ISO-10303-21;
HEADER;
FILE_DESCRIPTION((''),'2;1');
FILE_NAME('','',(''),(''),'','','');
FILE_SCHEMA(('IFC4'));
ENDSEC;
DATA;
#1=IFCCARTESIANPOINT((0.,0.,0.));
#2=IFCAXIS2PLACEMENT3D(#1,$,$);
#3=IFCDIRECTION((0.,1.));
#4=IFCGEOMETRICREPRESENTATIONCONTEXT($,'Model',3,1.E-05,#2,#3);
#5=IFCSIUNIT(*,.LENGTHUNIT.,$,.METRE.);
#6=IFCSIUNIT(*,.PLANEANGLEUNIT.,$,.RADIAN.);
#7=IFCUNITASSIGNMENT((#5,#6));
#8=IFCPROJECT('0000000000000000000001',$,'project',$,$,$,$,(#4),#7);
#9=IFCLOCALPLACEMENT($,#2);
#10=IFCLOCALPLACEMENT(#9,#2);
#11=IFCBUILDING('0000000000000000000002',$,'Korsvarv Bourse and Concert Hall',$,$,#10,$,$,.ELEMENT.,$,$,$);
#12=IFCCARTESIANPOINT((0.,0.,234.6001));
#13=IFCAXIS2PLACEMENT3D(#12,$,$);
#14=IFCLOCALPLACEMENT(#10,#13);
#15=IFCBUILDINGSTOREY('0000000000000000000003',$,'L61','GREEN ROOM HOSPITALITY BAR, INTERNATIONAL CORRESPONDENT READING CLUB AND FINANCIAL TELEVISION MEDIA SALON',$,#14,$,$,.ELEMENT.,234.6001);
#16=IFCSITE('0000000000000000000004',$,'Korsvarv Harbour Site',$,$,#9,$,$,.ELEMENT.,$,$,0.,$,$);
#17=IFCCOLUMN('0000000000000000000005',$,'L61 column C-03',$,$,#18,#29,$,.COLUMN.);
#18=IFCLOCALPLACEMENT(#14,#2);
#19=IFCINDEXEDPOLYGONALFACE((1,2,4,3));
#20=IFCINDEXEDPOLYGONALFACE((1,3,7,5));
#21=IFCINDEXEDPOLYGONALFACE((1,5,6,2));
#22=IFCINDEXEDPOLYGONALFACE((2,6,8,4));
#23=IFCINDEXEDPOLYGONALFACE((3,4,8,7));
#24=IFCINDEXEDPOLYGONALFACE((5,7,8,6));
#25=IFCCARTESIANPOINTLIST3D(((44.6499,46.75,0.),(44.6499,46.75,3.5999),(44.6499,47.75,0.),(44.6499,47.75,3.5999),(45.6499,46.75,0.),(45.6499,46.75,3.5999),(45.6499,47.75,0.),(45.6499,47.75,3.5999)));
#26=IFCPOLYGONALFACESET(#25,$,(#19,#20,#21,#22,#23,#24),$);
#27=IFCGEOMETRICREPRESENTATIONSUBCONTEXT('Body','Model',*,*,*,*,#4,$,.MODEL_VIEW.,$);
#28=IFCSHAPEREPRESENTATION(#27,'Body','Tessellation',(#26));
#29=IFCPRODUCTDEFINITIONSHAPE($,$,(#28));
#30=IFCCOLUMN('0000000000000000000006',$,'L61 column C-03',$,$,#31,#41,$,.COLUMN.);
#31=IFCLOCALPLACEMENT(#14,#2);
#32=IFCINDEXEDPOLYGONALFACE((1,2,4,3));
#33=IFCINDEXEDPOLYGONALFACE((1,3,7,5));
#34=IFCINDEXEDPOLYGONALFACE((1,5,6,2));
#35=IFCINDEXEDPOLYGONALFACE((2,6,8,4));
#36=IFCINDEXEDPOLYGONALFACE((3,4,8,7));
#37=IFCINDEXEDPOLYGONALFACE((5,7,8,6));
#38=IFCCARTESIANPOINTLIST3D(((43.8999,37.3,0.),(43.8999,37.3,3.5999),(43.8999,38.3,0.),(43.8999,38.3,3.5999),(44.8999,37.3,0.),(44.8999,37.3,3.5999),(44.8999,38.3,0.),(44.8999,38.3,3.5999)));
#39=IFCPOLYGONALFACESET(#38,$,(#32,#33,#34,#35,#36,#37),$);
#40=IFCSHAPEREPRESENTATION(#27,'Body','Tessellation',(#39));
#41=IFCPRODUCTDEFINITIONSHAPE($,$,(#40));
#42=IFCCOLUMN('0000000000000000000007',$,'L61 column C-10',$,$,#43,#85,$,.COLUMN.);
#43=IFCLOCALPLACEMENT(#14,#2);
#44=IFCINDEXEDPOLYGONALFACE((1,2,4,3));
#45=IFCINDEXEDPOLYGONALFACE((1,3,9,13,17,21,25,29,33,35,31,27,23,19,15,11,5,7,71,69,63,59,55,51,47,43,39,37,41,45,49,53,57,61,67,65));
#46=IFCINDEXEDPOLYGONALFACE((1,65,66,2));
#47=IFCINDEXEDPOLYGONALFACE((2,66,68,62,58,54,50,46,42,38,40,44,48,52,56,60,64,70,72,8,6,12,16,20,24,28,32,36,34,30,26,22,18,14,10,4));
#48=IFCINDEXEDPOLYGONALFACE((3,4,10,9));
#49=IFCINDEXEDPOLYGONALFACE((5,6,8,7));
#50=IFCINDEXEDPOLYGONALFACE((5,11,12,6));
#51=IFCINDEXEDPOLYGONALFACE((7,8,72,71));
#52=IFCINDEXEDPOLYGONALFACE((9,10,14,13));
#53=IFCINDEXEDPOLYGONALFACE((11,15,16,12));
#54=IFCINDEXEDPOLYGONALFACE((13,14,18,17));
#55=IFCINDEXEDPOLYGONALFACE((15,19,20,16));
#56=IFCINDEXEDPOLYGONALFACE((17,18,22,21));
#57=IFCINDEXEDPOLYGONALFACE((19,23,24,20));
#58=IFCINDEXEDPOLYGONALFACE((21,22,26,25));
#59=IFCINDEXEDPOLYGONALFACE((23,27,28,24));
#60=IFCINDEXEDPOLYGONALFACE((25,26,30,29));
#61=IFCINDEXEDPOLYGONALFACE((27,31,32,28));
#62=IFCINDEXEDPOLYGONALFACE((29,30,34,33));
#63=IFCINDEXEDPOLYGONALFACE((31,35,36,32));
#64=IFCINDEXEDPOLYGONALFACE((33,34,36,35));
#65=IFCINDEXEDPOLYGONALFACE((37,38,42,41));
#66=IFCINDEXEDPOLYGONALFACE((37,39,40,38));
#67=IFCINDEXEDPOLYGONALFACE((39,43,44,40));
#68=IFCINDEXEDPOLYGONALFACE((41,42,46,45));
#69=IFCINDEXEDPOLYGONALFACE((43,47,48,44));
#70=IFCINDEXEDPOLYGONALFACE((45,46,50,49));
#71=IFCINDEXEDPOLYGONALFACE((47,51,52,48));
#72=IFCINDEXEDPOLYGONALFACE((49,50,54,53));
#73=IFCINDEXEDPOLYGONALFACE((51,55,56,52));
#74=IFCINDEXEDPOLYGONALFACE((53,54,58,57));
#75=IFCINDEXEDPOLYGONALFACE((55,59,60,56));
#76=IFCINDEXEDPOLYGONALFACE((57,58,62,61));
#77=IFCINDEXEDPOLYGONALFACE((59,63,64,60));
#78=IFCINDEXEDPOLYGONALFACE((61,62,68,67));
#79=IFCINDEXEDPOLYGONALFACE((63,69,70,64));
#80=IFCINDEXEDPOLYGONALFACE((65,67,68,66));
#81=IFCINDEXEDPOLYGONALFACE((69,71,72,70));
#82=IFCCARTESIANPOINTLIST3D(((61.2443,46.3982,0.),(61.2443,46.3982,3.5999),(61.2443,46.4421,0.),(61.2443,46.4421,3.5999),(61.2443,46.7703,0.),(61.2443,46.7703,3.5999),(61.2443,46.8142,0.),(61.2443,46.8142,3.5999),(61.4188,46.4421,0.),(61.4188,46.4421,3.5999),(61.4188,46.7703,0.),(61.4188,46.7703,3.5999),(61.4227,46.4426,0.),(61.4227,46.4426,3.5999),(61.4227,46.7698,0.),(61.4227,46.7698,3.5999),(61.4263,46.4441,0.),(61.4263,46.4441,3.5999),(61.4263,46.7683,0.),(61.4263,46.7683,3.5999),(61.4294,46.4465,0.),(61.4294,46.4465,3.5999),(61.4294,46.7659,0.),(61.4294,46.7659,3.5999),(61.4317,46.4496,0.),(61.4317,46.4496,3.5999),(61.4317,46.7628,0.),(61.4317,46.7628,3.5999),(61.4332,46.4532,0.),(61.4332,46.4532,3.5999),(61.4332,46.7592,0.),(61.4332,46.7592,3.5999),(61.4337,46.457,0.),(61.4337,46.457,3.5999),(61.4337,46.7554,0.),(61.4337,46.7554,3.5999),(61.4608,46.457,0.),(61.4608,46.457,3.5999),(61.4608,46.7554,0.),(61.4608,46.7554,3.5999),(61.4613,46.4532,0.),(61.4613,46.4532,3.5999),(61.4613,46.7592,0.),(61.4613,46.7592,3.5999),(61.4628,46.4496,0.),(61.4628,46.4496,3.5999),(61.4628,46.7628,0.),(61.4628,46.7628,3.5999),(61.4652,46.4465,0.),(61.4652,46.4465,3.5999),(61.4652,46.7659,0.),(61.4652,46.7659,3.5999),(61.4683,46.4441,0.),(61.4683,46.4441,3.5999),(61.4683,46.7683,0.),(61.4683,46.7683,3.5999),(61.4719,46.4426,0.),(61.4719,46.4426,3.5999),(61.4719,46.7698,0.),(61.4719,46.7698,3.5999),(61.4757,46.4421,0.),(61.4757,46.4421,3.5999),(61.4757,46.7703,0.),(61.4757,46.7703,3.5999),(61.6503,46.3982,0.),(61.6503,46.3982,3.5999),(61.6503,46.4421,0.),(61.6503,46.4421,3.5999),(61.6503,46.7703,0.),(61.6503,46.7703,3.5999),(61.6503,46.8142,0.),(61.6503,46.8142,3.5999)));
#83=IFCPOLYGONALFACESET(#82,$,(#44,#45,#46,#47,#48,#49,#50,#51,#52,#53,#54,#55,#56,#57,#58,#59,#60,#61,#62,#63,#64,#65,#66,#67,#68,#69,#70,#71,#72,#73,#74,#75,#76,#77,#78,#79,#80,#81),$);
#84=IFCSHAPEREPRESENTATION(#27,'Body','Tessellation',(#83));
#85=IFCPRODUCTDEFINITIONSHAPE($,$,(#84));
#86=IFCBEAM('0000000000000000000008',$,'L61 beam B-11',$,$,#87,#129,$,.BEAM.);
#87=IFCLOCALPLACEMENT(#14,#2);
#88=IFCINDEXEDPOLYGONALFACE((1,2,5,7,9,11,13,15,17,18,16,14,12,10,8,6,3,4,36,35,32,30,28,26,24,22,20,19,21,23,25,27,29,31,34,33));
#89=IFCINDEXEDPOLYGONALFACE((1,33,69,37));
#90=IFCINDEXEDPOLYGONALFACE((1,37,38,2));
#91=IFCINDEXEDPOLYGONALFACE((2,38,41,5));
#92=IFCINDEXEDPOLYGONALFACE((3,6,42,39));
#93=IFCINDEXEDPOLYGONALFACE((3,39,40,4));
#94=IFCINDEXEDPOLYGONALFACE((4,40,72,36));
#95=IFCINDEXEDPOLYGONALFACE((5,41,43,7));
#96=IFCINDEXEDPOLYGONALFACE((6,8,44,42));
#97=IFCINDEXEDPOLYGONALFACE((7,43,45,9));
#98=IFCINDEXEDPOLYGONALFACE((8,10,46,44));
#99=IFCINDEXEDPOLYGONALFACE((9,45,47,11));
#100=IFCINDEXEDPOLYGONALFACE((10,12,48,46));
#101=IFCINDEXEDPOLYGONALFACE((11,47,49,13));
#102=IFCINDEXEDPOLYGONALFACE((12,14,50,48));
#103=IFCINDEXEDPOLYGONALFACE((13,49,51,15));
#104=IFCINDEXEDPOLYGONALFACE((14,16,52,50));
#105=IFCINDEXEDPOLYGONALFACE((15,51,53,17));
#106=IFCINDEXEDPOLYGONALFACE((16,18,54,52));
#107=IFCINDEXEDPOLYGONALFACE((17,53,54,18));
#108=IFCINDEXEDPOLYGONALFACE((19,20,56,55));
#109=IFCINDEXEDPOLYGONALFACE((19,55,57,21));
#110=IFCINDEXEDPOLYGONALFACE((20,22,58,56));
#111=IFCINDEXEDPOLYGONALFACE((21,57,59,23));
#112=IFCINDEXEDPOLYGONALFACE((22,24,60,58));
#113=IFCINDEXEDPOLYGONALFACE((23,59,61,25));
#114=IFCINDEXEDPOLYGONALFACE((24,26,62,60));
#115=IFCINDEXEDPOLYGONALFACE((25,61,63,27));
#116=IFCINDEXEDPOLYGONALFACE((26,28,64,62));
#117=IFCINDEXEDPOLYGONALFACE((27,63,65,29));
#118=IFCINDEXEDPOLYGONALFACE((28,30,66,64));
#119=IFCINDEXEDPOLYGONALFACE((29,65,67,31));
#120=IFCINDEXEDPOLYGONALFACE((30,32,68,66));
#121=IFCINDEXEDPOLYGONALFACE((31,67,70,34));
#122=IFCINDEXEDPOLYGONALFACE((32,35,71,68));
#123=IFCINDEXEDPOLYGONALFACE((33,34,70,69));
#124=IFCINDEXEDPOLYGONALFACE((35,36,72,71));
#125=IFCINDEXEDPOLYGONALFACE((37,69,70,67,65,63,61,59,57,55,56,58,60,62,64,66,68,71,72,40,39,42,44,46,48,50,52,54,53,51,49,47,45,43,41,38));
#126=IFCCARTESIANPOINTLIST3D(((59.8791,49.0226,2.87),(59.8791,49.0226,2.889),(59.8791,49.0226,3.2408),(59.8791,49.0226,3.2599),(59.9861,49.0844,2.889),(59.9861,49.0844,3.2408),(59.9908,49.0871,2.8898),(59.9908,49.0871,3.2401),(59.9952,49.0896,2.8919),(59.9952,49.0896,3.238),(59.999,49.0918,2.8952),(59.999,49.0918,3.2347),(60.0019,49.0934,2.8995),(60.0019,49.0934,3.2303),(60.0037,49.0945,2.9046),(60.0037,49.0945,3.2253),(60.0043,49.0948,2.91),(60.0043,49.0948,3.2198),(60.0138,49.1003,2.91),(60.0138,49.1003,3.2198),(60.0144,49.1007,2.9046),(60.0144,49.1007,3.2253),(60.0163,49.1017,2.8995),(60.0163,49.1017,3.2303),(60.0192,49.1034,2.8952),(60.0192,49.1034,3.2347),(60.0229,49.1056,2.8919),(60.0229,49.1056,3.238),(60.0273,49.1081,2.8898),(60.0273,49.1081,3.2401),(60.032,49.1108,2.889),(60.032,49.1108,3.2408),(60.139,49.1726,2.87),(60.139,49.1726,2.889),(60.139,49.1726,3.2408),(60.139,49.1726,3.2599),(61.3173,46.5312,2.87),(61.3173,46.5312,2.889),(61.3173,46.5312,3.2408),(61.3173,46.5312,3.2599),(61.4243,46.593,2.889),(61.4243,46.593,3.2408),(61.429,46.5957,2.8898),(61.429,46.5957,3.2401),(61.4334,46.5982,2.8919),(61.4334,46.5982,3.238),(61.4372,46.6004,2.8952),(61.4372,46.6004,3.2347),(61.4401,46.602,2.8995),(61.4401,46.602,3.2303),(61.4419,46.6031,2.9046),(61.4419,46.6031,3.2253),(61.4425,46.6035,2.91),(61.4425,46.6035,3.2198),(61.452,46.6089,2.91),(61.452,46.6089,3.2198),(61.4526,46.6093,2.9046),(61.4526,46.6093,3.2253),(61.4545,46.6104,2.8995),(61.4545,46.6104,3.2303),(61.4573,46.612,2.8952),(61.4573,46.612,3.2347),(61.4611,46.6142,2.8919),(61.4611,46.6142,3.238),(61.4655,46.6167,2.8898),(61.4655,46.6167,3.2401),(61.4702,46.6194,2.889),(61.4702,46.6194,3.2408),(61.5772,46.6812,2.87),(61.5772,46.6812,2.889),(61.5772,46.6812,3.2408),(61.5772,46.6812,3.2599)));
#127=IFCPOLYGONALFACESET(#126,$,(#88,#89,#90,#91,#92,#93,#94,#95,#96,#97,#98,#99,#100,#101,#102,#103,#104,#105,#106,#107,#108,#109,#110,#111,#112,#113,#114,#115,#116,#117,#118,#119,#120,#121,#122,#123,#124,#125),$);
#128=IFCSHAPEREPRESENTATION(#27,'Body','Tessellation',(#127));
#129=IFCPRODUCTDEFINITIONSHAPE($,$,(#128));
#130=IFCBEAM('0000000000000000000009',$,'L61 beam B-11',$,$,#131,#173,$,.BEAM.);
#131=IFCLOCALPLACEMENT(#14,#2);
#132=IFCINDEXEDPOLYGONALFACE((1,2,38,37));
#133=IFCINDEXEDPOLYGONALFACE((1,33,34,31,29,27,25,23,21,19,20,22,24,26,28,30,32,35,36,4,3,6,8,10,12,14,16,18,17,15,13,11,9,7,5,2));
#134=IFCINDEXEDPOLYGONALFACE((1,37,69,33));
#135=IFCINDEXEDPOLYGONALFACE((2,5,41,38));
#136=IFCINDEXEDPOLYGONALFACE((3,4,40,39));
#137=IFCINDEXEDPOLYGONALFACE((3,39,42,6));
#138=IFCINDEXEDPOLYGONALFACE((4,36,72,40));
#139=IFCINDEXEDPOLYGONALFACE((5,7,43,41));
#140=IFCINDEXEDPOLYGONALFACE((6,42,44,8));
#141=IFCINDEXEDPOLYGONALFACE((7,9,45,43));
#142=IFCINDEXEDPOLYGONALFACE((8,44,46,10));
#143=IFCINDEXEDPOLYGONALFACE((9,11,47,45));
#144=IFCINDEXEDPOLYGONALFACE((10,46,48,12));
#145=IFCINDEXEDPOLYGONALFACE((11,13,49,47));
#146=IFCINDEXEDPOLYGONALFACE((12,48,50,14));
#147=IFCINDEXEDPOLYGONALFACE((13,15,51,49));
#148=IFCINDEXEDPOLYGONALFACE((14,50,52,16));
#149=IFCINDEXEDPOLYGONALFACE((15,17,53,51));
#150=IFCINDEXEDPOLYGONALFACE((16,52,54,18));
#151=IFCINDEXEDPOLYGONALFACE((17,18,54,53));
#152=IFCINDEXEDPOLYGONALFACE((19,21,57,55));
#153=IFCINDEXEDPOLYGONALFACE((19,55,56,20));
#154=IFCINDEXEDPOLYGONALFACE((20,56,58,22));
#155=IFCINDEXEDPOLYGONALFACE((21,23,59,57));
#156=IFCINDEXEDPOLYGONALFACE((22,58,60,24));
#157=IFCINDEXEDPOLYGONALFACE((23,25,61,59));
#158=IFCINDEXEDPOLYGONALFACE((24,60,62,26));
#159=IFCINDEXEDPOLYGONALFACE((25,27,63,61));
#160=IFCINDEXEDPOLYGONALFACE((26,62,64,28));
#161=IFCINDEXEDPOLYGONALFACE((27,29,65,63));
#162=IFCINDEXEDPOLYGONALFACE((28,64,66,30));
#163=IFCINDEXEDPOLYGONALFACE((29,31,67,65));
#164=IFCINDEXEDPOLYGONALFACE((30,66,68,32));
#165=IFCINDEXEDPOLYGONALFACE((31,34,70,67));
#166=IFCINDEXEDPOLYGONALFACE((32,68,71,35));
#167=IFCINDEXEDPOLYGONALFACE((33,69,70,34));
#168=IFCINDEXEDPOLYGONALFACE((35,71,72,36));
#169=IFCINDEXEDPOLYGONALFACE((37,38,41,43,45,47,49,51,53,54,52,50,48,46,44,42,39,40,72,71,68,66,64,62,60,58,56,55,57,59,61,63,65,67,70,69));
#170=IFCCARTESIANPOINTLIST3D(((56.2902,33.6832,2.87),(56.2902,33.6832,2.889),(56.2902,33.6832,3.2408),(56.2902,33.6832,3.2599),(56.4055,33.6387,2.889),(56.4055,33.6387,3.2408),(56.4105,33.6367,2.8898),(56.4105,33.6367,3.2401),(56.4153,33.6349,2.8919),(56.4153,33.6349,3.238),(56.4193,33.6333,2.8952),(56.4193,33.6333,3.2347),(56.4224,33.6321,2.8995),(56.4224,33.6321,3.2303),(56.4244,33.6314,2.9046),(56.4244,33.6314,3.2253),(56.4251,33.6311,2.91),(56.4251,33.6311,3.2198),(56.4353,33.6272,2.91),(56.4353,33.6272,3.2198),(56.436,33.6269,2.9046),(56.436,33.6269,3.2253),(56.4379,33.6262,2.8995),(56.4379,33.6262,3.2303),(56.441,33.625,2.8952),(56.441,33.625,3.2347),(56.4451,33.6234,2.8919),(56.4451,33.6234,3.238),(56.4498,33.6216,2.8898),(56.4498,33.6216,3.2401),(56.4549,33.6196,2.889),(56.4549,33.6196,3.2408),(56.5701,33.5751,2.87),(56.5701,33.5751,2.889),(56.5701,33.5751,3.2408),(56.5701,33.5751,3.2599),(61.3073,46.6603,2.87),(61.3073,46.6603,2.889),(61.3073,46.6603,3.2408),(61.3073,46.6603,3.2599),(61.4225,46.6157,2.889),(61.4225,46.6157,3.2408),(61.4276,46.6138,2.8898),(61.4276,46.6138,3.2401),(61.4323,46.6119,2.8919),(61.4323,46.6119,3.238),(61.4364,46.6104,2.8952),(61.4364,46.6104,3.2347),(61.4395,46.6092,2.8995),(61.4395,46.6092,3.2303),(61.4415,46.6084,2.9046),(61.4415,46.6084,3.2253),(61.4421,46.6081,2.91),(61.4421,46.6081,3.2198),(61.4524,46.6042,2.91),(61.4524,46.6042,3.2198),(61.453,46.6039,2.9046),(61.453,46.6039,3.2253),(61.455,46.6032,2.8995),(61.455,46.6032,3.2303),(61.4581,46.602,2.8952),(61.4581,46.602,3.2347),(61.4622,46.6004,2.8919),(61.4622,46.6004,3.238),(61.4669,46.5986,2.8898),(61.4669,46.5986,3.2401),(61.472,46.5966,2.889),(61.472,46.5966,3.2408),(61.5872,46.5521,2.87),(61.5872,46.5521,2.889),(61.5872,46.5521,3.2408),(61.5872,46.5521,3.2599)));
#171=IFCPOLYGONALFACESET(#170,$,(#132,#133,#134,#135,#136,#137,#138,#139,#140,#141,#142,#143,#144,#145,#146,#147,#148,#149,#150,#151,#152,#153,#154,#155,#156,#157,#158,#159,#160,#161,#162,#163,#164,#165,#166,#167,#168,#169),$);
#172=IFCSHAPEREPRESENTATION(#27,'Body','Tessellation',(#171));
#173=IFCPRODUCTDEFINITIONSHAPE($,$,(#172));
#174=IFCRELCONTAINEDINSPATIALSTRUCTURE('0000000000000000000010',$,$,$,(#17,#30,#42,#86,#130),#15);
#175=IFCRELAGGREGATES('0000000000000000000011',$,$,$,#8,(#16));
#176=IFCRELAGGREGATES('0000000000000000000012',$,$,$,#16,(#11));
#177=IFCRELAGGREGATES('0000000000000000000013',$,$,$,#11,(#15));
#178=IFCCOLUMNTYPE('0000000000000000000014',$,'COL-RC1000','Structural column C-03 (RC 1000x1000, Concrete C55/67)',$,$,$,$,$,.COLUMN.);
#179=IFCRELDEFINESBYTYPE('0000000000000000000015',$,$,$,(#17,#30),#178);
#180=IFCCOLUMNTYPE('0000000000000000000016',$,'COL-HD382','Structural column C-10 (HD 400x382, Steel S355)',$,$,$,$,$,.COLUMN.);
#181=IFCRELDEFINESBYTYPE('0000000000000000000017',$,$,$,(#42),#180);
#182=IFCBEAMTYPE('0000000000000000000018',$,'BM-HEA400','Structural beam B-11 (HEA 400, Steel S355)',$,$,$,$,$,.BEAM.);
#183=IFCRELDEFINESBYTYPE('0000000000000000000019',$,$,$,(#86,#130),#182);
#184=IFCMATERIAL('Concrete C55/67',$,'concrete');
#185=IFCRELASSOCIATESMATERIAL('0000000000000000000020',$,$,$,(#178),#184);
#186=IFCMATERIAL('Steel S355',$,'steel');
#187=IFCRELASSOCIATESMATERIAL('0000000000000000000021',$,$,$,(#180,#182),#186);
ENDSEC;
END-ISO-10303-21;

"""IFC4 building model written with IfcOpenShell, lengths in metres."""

from ifc_helpers import new_model, si_unit, direction, frame, origin, origin_2d, place, context, subcontext, project, spatial, rectangle, i_section, extrude, source, transform, mapped, material, material_profile, profile_set, type_object, element, save


model = new_model("IFC4")

# Units and contexts
model_context = context("Model", 3, precision=1e-05, world=origin(), true_north=direction((0.0, 1.0)))
body_context = subcontext(model_context, "Body", "Model", "MODEL_VIEW")
ifc_project = project(units=[si_unit("LENGTHUNIT", "METRE"), si_unit("PLANEANGLEUNIT", "RADIAN")], contexts=[model_context])

# Site, building, storey
site_placement = place(None, origin())
site = spatial("IfcSite", under=ifc_project, at=site_placement, Name="Korsvarv Harbour Site", CompositionType="ELEMENT", RefElevation=0.0)
building_placement = place(site_placement, origin())
building = spatial("IfcBuilding", under=site, at=building_placement, Name="Korsvarv Bourse and Concert Hall", CompositionType="ELEMENT")
storey_placement = place(building_placement, frame((0.0, 0.0, 234.6001)))
storey = spatial("IfcBuildingStorey", under=building, at=storey_placement, Name="L61", Description="GREEN ROOM HOSPITALITY BAR, INTERNATIONAL CORRESPONDENT READING CLUB AND FINANCIAL TELEVISION MEDIA SALON", CompositionType="ELEMENT", Elevation=234.6001)

# Columns
ifc_material_1 = material(Name="Concrete C55/67", Category="concrete")
ifc_material_profile_1 = material_profile(ifc_material_1, rectangle(XDim=1.0, YDim=1.0, at=origin_2d()), Name="RC 1000x1000")
ifc_profile_set_1 = profile_set([ifc_material_profile_1], Name="Concrete C55/67")
column_type_1 = type_object("IfcColumnType", Name="COL-RC1000", Description="Structural column C-03 (RC 1000x1000, Concrete C55/67)", PredefinedType="COLUMN", material=ifc_profile_set_1)
shared_shape_1 = source(origin(), body_context, "Body", "SweptSolid", [
    extrude(rectangle(XDim=1.0, YDim=1.0, at=origin_2d()), origin(), (0.0, 0.0, 1.0), 3.5999),
])
for number, where, z_axis, x_axis, name in (
    (1, (45.1499, 47.25, 0.0), (0.0, 0.0, 1.0), (1.0, 0.0, 0.0), "L61 column C-03"),
    (2, (44.3999, 37.8, 0.0), (0.0, 0.0, 1.0), (1.0, 0.0, 0.0), "L61 column C-03"),
):
    element("IfcColumn", number, at=place(storey_placement, frame(where, z_axis=z_axis, x_axis=x_axis)), inside=storey, type_object=column_type_1, Name=name, PredefinedType="COLUMN", context=body_context, shape_type="MappedRepresentation", body=[
        mapped(shared_shape_1, transform((0.0, 0.0, 0.0), scale=1.0)),
    ])
ifc_material_2 = material(Name="Steel S355", Category="steel")
ifc_material_profile_2 = material_profile(ifc_material_2, i_section(OverallWidth=0.406, OverallDepth=0.416, WebThickness=0.0271, FlangeThickness=0.0439, FilletRadius=0.0149, at=origin_2d()), Name="HD 400x382")
ifc_profile_set_2 = profile_set([ifc_material_profile_2], Name="Steel S355")
column_type_2 = type_object("IfcColumnType", Name="COL-HD382", Description="Structural column C-10 (HD 400x382, Steel S355)", PredefinedType="COLUMN", material=ifc_profile_set_2)
shared_shape_2 = source(origin(), body_context, "Body", "SweptSolid", [
    extrude(i_section(OverallWidth=0.406, OverallDepth=0.416, WebThickness=0.0271, FlangeThickness=0.0439, FilletRadius=0.0149, at=origin_2d()), origin(), (0.0, 0.0, 1.0), 3.5999),
])
column_placement = place(storey_placement, frame((61.4473, 46.6062, 0.0), z_axis=(0.0, 0.0, 1.0), x_axis=(1.0, 0.0, 0.0)))
element("IfcColumn", 3, at=column_placement, inside=storey, type_object=column_type_2, Name="L61 column C-10", PredefinedType="COLUMN", context=body_context, shape_type="MappedRepresentation", body=[
    mapped(shared_shape_2, transform((0.0, 0.0, 0.0), scale=1.0)),
])

# Beams
ifc_material_profile_3 = material_profile(ifc_material_2, i_section(OverallWidth=0.3, OverallDepth=0.3899, WebThickness=0.011, FlangeThickness=0.019, FilletRadius=0.021, at=origin_2d()), Name="HEA 400")
ifc_profile_set_3 = profile_set([ifc_material_profile_3], Name="Steel S355")
beam_type_1 = type_object("IfcBeamType", Name="BM-HEA400", Description="Structural beam B-11 (HEA 400, Steel S355)", PredefinedType="BEAM", material=ifc_profile_set_3)
shared_shape_3 = source(origin(), body_context, "Body", "SweptSolid", [
    extrude(i_section(OverallWidth=0.3, OverallDepth=0.3899, WebThickness=0.011, FlangeThickness=0.019, FilletRadius=0.021, at=origin_2d()), origin(), (0.0, 0.0, 1.0), 2.8767),
])
beam_1_placement = place(storey_placement, frame((61.4473, 46.6062, 3.0649), z_axis=(-0.499945, 0.866057, 0.0), x_axis=(-0.866057, -0.499945, 0.0)))
element("IfcBeam", 4, at=beam_1_placement, inside=storey, type_object=beam_type_1, Name="L61 beam B-11", PredefinedType="BEAM", context=body_context, shape_type="MappedRepresentation", body=[
    mapped(shared_shape_3, transform((0.0, 0.0, 0.0), scale=1.0)),
])
shared_shape_4 = source(origin(), body_context, "Body", "SweptSolid", [
    extrude(i_section(OverallWidth=0.3, OverallDepth=0.3899, WebThickness=0.011, FlangeThickness=0.019, FilletRadius=0.021, at=origin_2d()), origin(), (0.0, 0.0, 1.0), 13.9131),
])
beam_2_placement = place(storey_placement, frame((56.4302, 33.6292, 3.0649), z_axis=(0.360601, 0.93272, 0.0), x_axis=(-0.93272, 0.360601, 0.0)))
element("IfcBeam", 5, at=beam_2_placement, inside=storey, type_object=beam_type_1, Name="L61 beam B-11", PredefinedType="BEAM", context=body_context, shape_type="MappedRepresentation", body=[
    mapped(shared_shape_4, transform((0.0, 0.0, 0.0), scale=1.0)),
])

save(model, "model.ifc")
